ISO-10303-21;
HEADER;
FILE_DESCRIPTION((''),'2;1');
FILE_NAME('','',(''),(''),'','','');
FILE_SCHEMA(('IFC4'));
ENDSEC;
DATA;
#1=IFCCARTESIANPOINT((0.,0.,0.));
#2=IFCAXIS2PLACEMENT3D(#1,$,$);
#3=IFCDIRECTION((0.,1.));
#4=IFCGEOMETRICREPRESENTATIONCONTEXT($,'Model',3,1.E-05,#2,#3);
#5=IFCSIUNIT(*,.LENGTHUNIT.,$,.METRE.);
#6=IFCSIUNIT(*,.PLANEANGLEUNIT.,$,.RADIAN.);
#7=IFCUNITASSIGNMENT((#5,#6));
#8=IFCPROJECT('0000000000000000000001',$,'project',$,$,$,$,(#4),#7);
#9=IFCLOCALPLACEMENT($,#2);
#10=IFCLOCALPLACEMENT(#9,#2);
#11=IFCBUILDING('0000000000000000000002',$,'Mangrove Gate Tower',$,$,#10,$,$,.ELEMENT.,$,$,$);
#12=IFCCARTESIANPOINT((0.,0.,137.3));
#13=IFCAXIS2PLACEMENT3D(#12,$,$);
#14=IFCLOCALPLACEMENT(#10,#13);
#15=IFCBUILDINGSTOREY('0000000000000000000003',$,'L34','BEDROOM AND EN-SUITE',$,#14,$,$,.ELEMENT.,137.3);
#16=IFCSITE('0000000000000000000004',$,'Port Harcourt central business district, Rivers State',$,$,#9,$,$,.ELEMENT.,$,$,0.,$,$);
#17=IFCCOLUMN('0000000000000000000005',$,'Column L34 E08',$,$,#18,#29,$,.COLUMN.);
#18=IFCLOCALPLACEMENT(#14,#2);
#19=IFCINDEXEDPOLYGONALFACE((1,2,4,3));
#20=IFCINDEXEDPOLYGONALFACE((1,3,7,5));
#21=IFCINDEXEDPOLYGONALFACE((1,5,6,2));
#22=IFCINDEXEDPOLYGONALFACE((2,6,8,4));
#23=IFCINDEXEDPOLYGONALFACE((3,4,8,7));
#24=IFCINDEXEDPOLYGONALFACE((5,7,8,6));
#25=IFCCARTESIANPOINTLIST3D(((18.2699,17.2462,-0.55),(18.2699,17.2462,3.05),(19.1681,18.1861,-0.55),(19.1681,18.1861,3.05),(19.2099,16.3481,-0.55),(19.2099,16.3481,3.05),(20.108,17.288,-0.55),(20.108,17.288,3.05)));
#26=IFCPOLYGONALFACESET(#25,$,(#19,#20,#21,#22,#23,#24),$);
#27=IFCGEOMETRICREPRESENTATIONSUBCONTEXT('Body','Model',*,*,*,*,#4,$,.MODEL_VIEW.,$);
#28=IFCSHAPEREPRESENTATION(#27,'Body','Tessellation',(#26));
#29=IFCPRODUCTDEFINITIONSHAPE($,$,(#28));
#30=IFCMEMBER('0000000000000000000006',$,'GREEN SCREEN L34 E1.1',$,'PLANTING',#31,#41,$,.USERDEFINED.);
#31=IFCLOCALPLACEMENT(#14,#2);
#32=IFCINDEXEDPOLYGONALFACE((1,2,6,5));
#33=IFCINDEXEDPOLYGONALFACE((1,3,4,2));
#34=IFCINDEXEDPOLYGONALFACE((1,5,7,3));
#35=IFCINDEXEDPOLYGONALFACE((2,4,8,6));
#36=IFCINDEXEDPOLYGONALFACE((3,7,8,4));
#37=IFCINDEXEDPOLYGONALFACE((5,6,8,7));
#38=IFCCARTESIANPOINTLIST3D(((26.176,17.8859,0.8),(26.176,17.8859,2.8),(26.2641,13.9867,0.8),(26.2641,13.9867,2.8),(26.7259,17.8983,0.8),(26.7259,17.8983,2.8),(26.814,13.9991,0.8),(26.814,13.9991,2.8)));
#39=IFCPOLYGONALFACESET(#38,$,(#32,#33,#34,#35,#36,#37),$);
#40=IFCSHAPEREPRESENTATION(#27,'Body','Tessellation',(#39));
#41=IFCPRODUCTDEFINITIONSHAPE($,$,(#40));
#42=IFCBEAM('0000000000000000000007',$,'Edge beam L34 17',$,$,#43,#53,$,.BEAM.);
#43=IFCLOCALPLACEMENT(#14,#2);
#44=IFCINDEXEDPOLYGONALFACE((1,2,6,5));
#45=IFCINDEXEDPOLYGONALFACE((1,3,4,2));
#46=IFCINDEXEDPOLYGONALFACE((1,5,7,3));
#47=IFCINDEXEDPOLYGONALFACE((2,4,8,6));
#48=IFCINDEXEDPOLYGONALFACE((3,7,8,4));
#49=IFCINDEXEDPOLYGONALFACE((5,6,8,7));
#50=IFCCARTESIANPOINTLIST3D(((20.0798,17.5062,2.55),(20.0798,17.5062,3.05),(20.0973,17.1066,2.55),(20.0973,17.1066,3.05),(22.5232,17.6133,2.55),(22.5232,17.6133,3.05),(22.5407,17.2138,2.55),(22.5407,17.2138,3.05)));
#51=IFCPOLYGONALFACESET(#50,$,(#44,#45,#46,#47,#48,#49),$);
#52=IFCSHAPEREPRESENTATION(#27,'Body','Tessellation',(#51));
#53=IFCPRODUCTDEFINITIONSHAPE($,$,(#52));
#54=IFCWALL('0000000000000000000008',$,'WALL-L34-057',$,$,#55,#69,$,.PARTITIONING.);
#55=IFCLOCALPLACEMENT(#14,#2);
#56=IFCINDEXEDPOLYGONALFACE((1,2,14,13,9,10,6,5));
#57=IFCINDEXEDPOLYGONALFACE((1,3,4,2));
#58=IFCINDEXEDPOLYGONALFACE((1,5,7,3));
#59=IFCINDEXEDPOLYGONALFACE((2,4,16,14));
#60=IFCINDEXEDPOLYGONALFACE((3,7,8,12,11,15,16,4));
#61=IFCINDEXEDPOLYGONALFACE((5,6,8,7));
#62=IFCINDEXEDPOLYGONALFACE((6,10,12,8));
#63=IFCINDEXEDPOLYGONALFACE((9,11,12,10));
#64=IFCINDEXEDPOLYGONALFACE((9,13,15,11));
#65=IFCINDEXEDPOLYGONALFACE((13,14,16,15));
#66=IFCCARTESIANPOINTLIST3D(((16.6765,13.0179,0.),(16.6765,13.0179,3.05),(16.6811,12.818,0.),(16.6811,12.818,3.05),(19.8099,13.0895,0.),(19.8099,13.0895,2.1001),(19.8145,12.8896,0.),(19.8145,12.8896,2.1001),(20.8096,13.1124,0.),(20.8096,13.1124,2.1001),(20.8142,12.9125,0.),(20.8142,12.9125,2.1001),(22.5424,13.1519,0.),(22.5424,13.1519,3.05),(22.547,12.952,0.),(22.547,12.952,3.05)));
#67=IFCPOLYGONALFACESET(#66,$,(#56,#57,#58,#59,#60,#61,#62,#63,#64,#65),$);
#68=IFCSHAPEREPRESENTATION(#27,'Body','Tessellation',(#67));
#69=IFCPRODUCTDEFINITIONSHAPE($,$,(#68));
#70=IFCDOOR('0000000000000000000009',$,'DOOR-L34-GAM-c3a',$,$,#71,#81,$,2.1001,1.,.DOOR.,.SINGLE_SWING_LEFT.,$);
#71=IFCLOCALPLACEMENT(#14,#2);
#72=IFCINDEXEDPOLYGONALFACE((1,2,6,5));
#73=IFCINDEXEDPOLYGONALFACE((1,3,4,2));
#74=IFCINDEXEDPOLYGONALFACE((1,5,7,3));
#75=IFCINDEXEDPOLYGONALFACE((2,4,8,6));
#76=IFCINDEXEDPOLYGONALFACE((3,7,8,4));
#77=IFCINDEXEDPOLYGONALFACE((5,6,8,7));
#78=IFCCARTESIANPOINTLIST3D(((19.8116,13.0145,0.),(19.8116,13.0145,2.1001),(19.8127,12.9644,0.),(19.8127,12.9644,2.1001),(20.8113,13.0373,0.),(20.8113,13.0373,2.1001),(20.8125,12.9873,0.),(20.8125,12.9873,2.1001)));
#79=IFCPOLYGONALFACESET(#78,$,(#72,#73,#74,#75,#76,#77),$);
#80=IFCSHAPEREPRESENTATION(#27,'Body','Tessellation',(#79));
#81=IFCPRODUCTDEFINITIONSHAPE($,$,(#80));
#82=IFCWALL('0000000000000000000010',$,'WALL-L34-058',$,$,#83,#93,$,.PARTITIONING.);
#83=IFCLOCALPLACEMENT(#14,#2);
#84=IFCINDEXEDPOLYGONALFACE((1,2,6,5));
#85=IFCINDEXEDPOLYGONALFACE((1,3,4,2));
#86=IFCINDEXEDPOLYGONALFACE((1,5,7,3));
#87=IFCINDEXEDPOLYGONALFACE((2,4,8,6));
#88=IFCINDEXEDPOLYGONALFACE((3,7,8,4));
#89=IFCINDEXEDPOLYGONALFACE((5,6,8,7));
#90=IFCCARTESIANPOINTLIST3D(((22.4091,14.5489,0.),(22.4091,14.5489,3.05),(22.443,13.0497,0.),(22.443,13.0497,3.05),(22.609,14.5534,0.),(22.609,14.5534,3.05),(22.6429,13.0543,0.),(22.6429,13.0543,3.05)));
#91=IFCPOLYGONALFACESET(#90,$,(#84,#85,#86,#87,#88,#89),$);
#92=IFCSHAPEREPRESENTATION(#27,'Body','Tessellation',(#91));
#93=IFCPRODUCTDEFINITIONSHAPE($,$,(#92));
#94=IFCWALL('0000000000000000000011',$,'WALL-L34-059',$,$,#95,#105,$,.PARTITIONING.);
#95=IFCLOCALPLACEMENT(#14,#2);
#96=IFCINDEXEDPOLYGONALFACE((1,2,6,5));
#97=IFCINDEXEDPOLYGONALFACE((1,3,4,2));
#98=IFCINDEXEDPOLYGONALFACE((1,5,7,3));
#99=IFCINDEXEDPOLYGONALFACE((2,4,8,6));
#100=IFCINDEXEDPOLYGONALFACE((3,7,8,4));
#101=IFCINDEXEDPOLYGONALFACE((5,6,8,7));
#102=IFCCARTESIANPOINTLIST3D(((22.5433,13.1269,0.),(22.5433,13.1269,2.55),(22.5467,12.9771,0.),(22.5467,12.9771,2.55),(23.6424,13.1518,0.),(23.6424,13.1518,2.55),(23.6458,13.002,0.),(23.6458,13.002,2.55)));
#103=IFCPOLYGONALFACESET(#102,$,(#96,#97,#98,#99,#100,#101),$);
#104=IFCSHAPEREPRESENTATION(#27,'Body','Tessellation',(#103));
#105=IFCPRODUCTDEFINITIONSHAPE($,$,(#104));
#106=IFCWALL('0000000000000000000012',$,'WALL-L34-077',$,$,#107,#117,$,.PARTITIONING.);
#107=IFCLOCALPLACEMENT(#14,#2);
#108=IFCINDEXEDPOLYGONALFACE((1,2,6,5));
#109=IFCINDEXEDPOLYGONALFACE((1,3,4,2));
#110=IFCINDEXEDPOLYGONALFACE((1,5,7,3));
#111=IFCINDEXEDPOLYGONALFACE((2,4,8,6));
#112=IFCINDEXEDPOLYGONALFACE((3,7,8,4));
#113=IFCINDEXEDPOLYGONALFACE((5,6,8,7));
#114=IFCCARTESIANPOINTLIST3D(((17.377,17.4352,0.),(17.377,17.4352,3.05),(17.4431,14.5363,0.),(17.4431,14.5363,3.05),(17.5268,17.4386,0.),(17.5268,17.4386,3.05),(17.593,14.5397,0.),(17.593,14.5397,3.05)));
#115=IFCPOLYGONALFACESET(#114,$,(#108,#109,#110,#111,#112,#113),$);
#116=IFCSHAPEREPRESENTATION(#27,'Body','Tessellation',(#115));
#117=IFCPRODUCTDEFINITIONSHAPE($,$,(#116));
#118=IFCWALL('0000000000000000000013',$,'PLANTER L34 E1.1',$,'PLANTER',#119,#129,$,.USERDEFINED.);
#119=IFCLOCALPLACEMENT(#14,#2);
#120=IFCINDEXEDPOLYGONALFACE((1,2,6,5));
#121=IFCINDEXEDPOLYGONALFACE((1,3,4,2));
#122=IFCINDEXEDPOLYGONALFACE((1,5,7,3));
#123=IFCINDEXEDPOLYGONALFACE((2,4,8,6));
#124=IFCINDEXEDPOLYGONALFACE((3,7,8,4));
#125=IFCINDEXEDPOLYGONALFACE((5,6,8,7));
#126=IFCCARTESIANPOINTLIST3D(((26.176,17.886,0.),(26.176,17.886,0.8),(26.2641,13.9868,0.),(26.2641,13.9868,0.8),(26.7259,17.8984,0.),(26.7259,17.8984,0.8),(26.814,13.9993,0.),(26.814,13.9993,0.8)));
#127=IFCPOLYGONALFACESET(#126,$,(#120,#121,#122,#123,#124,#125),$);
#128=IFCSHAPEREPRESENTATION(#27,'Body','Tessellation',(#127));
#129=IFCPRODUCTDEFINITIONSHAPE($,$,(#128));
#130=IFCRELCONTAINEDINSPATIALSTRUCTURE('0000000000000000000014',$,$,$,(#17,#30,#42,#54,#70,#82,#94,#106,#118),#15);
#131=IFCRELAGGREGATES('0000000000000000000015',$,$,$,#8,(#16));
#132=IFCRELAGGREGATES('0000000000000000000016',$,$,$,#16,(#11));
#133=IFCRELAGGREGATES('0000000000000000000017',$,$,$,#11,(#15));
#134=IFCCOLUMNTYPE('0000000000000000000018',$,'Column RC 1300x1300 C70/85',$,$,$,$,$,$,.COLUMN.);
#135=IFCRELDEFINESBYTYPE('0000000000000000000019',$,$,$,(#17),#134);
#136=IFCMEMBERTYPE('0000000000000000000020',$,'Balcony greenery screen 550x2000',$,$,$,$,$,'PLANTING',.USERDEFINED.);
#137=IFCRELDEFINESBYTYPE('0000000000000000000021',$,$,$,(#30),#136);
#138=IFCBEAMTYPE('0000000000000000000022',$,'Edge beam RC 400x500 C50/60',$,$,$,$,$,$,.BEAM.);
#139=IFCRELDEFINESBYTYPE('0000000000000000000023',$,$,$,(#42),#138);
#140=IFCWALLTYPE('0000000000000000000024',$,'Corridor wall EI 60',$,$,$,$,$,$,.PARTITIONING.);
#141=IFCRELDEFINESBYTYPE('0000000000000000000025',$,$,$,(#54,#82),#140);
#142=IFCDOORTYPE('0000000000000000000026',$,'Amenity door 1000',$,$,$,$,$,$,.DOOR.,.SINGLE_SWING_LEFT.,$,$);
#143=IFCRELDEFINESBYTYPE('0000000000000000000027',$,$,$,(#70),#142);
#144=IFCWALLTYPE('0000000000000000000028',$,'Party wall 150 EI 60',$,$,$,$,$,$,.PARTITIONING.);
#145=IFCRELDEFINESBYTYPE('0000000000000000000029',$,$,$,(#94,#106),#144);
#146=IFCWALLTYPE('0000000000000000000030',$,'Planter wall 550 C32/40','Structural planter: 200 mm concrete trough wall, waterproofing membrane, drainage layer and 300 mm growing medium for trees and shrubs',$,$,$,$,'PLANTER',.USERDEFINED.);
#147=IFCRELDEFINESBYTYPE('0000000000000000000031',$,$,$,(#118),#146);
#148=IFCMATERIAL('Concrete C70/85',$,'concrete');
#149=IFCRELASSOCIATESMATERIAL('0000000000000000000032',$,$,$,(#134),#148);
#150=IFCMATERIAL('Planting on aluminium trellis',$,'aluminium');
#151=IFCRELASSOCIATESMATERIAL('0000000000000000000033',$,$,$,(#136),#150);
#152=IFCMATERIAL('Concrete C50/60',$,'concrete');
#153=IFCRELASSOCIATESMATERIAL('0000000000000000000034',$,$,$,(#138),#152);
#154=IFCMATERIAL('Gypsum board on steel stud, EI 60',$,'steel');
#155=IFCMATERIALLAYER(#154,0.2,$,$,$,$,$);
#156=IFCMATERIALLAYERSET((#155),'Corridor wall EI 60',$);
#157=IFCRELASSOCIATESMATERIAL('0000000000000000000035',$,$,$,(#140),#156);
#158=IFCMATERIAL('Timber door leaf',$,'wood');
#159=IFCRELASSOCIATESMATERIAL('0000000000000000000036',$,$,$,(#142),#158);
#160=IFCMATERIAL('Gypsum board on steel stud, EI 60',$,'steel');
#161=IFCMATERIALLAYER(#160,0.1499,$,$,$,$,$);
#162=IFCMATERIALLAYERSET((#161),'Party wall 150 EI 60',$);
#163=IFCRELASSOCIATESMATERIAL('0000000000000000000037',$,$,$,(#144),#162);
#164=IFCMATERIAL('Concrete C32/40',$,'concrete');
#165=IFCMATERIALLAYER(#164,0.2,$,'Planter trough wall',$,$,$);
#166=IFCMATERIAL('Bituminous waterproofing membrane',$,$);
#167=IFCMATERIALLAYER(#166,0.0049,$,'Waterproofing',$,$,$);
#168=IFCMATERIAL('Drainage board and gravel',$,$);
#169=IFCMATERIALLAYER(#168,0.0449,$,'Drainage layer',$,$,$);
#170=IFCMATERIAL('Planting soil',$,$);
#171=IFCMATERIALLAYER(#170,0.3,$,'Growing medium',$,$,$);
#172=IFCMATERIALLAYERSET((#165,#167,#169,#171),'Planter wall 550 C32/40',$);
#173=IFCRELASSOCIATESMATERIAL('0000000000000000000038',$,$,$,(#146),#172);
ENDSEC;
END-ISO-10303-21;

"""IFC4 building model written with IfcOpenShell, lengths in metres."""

from ifc_helpers import new_model, si_unit, direction, frame, frame_2d, origin, origin_2d, place, context, subcontext, project, spatial, rectangle, extrude, material, layer, layer_set, material_profile, profile_set, type_object, element, fill, save


model = new_model("IFC4")

# Units and contexts
model_context = context("Model", 3, precision=1e-05, world=origin(), true_north=direction((0.0, 1.0)))
body_context = subcontext(model_context, "Body", "Model", "MODEL_VIEW")
ifc_project = project(units=[si_unit("LENGTHUNIT", "METRE"), si_unit("PLANEANGLEUNIT", "RADIAN")], contexts=[model_context])

# Site, building, storey
site_placement = place(None, origin())
site = spatial("IfcSite", under=ifc_project, at=site_placement, Name="Port Harcourt central business district, Rivers State", CompositionType="ELEMENT", RefElevation=0.0)
building_placement = place(site_placement, origin())
building = spatial("IfcBuilding", under=site, at=building_placement, Name="Mangrove Gate Tower", CompositionType="ELEMENT")
storey_placement = place(building_placement, frame((0.0, 0.0, 137.3)))
storey = spatial("IfcBuildingStorey", under=building, at=storey_placement, Name="L34", Description="BEDROOM AND EN-SUITE", CompositionType="ELEMENT", Elevation=137.3)

# Column
ifc_material_1 = material(Name="Concrete C70/85", Category="concrete")
ifc_material_profile_1 = material_profile(ifc_material_1, rectangle(XDim=1.3, YDim=1.3, at=origin_2d()))
ifc_profile_set_1 = profile_set([ifc_material_profile_1], Name="Concrete C70/85")
column_type = type_object("IfcColumnType", Name="Column RC 1300x1300 C70/85", PredefinedType="COLUMN", material=ifc_profile_set_1)
column_placement = place(storey_placement, frame((19.189, 17.2671, -0.55), z_axis=(0.0, 0.0, 1.0), x_axis=(-0.723, 0.690848, 0.0)))
element("IfcColumn", 1, at=column_placement, inside=storey, type_object=column_type, Name="Column L34 E08", PredefinedType="COLUMN", context=body_context, shape_type="SweptSolid", body=[
    extrude(rectangle(XDim=1.3, YDim=1.3, at=origin_2d()), origin(), (0.0, 0.0, 1.0), 3.6001),
])

# Member
ifc_material_2 = material(Name="Planting on aluminium trellis", Category="aluminium")
ifc_material_profile_2 = material_profile(ifc_material_2, rectangle(XDim=0.55, YDim=2.0, at=origin_2d()))
ifc_profile_set_2 = profile_set([ifc_material_profile_2], Name="Planting on aluminium trellis")
member_type = type_object("IfcMemberType", Name="Balcony greenery screen 550x2000", ElementType="PLANTING", PredefinedType="USERDEFINED", material=ifc_profile_set_2)
member_placement = place(storey_placement, frame((26.5391, 13.9929, 1.8), z_axis=(-0.022598, 0.999745, 0.0), x_axis=(-0.999745, -0.022598, 0.0)))
element("IfcMember", 2, at=member_placement, inside=storey, type_object=member_type, Name="GREEN SCREEN L34 E1.1", ObjectType="PLANTING", PredefinedType="USERDEFINED", context=body_context, shape_type="SweptSolid", body=[
    extrude(rectangle(XDim=0.55, YDim=2.0, at=origin_2d()), origin(), (0.0, 0.0, 1.0), 3.9001),
])

# Beam
ifc_material_3 = material(Name="Concrete C50/60", Category="concrete")
ifc_material_profile_3 = material_profile(ifc_material_3, rectangle(XDim=0.3999, YDim=0.5, at=origin_2d()))
ifc_profile_set_3 = profile_set([ifc_material_profile_3], Name="Concrete C50/60")
beam_type = type_object("IfcBeamType", Name="Edge beam RC 400x500 C50/60", PredefinedType="BEAM", material=ifc_profile_set_3)
beam_placement = place(storey_placement, frame((22.532, 17.4136, 2.8), z_axis=(-0.999039, -0.043823, 0.0), x_axis=(0.043823, -0.999039, 0.0)))
element("IfcBeam", 3, at=beam_placement, inside=storey, type_object=beam_type, Name="Edge beam L34 17", PredefinedType="BEAM", context=body_context, shape_type="SweptSolid", body=[
    extrude(rectangle(XDim=0.3999, YDim=0.5, at=origin_2d()), origin(), (0.0, 0.0, 1.0), 2.4458),
])

# Wall, opening, door
ifc_material_4 = material(Name="Gypsum board on steel stud, EI 60", Category="steel")
ifc_layer_1 = layer(ifc_material_4, 0.2)
ifc_layer_set_1 = layer_set([ifc_layer_1], Name="Corridor wall EI 60")
wall_type_1 = type_object("IfcWallType", Name="Corridor wall EI 60", PredefinedType="PARTITIONING", material=ifc_layer_set_1)
wall_1_placement = place(storey_placement, frame((16.679, 12.918, 0.0), z_axis=(0.0, 0.0, 1.0), x_axis=(0.999739, 0.022843, 0.0)))
wall_1 = element("IfcWall", 4, at=wall_1_placement, inside=storey, type_object=wall_type_1, Name="WALL-L34-057", PredefinedType="PARTITIONING", context=body_context, shape_type="SweptSolid", body=[
    extrude(rectangle(XDim=5.8674, YDim=0.2, at=frame_2d((2.9336, 0.0))), origin(), (0.0, 0.0, 1.0), 3.05),
])
opening_placement = place(wall_1_placement, frame((3.134, 0.0, 0.0)))
opening = element("IfcOpeningElement", 5, at=opening_placement, cuts=wall_1, PredefinedType="OPENING", context=body_context, shape_type="SweptSolid", body=[
    extrude(rectangle(XDim=1.0, YDim=2.1001, at=frame_2d((0.5, 1.05))), frame((0.0, 0.1099, 0.0), z_axis=(0.0, -1.0, 0.0), x_axis=(1.0, 0.0, 0.0)), (0.0, 0.0, 1.0), 0.22),
])
ifc_material_5 = material(Name="Timber door leaf", Category="wood")
door_type = type_object("IfcDoorType", Name="Amenity door 1000", OperationType="SINGLE_SWING_LEFT", PredefinedType="DOOR", material=ifc_material_5)
door_placement = place(opening_placement, origin())
door = element("IfcDoor", 6, at=door_placement, inside=storey, type_object=door_type, Name="DOOR-L34-GAM-c3a", OperationType="SINGLE_SWING_LEFT", OverallHeight=2.1001, OverallWidth=1.0, PredefinedType="DOOR", context=body_context, shape_type="SweptSolid", body=[
    extrude(rectangle(XDim=1.0, YDim=2.1001, at=frame_2d((0.5, 1.05))), frame((0.0, 0.0249, 0.0), z_axis=(0.0, -1.0, 0.0), x_axis=(1.0, 0.0, 0.0)), (0.0, 0.0, 1.0), 0.05),
])
fill(opening, door)

# Walls
wall_2_placement = place(storey_placement, frame((22.543, 13.052, 0.0), z_axis=(0.0, 0.0, 1.0), x_axis=(-0.022633, 0.999744, 0.0)))
element("IfcWall", 7, at=wall_2_placement, inside=storey, type_object=wall_type_1, Name="WALL-L34-058", PredefinedType="PARTITIONING", context=body_context, shape_type="SweptSolid", body=[
    extrude(rectangle(XDim=1.4995, YDim=0.2, at=frame_2d((0.7498, 0.0))), origin(), (0.0, 0.0, 1.0), 3.05),
])
ifc_material_6 = material(Name="Gypsum board on steel stud, EI 60", Category="steel")
ifc_layer_2 = layer(ifc_material_6, 0.1499)
ifc_layer_set_2 = layer_set([ifc_layer_2], Name="Party wall 150 EI 60")
wall_type_2 = type_object("IfcWallType", Name="Party wall 150 EI 60", PredefinedType="PARTITIONING", material=ifc_layer_set_2)
wall_3_placement = place(storey_placement, frame((22.5449, 13.052, 0.0), z_axis=(0.0, 0.0, 1.0), x_axis=(0.999743, 0.022651, 0.0)))
element("IfcWall", 8, at=wall_3_placement, inside=storey, type_object=wall_type_2, Name="WALL-L34-059", PredefinedType="PARTITIONING", context=body_context, shape_type="SweptSolid", body=[
    extrude(rectangle(XDim=1.0994, YDim=0.1499, at=frame_2d((0.5498, 0.0))), origin(), (0.0, 0.0, 1.0), 2.55),
])
wall_4_placement = place(storey_placement, frame((17.5181, 14.5381, 0.0), z_axis=(0.0, 0.0, 1.0), x_axis=(-0.022817, 0.99974, 0.0)))
element("IfcWall", 9, at=wall_4_placement, inside=storey, type_object=wall_type_2, Name="WALL-L34-077", PredefinedType="PARTITIONING", context=body_context, shape_type="SweptSolid", body=[
    extrude(rectangle(XDim=2.8997, YDim=0.1499, at=frame_2d((1.4497, 0.0))), origin(), (0.0, 0.0, 1.0), 3.05),
])
ifc_material_7 = material(Name="Concrete C32/40", Category="concrete")
ifc_layer_3 = layer(ifc_material_7, 0.2, Name="Planter trough wall")
ifc_material_8 = material(Name="Bituminous waterproofing membrane")
ifc_layer_4 = layer(ifc_material_8, 0.0049, Name="Waterproofing")
ifc_material_9 = material(Name="Drainage board and gravel")
ifc_layer_5 = layer(ifc_material_9, 0.0449, Name="Drainage layer")
ifc_material_10 = material(Name="Planting soil")
ifc_layer_6 = layer(ifc_material_10, 0.3, Name="Growing medium")
ifc_layer_set_3 = layer_set([ifc_layer_3, ifc_layer_4, ifc_layer_5, ifc_layer_6], Name="Planter wall 550 C32/40")
wall_type_3 = type_object("IfcWallType", Name="Planter wall 550 C32/40", Description="Structural planter: 200 mm concrete trough wall, waterproofing membrane, drainage layer and 300 mm growing medium for trees and shrubs", ElementType="PLANTER", PredefinedType="USERDEFINED", material=ifc_layer_set_3)
wall_5_placement = place(storey_placement, frame((26.5391, 13.9929, 0.0), z_axis=(0.0, 0.0, 1.0), x_axis=(-0.022598, 0.999745, 0.0)))
element("IfcWall", 10, at=wall_5_placement, inside=storey, type_object=wall_type_3, Name="PLANTER L34 E1.1", ObjectType="PLANTER", PredefinedType="USERDEFINED", context=body_context, shape_type="SweptSolid", body=[
    extrude(rectangle(XDim=3.9001, YDim=0.55, at=frame_2d((1.9502, 0.0))), origin(), (0.0, 0.0, 1.0), 0.8),
])

save(model, "model.ifc")
